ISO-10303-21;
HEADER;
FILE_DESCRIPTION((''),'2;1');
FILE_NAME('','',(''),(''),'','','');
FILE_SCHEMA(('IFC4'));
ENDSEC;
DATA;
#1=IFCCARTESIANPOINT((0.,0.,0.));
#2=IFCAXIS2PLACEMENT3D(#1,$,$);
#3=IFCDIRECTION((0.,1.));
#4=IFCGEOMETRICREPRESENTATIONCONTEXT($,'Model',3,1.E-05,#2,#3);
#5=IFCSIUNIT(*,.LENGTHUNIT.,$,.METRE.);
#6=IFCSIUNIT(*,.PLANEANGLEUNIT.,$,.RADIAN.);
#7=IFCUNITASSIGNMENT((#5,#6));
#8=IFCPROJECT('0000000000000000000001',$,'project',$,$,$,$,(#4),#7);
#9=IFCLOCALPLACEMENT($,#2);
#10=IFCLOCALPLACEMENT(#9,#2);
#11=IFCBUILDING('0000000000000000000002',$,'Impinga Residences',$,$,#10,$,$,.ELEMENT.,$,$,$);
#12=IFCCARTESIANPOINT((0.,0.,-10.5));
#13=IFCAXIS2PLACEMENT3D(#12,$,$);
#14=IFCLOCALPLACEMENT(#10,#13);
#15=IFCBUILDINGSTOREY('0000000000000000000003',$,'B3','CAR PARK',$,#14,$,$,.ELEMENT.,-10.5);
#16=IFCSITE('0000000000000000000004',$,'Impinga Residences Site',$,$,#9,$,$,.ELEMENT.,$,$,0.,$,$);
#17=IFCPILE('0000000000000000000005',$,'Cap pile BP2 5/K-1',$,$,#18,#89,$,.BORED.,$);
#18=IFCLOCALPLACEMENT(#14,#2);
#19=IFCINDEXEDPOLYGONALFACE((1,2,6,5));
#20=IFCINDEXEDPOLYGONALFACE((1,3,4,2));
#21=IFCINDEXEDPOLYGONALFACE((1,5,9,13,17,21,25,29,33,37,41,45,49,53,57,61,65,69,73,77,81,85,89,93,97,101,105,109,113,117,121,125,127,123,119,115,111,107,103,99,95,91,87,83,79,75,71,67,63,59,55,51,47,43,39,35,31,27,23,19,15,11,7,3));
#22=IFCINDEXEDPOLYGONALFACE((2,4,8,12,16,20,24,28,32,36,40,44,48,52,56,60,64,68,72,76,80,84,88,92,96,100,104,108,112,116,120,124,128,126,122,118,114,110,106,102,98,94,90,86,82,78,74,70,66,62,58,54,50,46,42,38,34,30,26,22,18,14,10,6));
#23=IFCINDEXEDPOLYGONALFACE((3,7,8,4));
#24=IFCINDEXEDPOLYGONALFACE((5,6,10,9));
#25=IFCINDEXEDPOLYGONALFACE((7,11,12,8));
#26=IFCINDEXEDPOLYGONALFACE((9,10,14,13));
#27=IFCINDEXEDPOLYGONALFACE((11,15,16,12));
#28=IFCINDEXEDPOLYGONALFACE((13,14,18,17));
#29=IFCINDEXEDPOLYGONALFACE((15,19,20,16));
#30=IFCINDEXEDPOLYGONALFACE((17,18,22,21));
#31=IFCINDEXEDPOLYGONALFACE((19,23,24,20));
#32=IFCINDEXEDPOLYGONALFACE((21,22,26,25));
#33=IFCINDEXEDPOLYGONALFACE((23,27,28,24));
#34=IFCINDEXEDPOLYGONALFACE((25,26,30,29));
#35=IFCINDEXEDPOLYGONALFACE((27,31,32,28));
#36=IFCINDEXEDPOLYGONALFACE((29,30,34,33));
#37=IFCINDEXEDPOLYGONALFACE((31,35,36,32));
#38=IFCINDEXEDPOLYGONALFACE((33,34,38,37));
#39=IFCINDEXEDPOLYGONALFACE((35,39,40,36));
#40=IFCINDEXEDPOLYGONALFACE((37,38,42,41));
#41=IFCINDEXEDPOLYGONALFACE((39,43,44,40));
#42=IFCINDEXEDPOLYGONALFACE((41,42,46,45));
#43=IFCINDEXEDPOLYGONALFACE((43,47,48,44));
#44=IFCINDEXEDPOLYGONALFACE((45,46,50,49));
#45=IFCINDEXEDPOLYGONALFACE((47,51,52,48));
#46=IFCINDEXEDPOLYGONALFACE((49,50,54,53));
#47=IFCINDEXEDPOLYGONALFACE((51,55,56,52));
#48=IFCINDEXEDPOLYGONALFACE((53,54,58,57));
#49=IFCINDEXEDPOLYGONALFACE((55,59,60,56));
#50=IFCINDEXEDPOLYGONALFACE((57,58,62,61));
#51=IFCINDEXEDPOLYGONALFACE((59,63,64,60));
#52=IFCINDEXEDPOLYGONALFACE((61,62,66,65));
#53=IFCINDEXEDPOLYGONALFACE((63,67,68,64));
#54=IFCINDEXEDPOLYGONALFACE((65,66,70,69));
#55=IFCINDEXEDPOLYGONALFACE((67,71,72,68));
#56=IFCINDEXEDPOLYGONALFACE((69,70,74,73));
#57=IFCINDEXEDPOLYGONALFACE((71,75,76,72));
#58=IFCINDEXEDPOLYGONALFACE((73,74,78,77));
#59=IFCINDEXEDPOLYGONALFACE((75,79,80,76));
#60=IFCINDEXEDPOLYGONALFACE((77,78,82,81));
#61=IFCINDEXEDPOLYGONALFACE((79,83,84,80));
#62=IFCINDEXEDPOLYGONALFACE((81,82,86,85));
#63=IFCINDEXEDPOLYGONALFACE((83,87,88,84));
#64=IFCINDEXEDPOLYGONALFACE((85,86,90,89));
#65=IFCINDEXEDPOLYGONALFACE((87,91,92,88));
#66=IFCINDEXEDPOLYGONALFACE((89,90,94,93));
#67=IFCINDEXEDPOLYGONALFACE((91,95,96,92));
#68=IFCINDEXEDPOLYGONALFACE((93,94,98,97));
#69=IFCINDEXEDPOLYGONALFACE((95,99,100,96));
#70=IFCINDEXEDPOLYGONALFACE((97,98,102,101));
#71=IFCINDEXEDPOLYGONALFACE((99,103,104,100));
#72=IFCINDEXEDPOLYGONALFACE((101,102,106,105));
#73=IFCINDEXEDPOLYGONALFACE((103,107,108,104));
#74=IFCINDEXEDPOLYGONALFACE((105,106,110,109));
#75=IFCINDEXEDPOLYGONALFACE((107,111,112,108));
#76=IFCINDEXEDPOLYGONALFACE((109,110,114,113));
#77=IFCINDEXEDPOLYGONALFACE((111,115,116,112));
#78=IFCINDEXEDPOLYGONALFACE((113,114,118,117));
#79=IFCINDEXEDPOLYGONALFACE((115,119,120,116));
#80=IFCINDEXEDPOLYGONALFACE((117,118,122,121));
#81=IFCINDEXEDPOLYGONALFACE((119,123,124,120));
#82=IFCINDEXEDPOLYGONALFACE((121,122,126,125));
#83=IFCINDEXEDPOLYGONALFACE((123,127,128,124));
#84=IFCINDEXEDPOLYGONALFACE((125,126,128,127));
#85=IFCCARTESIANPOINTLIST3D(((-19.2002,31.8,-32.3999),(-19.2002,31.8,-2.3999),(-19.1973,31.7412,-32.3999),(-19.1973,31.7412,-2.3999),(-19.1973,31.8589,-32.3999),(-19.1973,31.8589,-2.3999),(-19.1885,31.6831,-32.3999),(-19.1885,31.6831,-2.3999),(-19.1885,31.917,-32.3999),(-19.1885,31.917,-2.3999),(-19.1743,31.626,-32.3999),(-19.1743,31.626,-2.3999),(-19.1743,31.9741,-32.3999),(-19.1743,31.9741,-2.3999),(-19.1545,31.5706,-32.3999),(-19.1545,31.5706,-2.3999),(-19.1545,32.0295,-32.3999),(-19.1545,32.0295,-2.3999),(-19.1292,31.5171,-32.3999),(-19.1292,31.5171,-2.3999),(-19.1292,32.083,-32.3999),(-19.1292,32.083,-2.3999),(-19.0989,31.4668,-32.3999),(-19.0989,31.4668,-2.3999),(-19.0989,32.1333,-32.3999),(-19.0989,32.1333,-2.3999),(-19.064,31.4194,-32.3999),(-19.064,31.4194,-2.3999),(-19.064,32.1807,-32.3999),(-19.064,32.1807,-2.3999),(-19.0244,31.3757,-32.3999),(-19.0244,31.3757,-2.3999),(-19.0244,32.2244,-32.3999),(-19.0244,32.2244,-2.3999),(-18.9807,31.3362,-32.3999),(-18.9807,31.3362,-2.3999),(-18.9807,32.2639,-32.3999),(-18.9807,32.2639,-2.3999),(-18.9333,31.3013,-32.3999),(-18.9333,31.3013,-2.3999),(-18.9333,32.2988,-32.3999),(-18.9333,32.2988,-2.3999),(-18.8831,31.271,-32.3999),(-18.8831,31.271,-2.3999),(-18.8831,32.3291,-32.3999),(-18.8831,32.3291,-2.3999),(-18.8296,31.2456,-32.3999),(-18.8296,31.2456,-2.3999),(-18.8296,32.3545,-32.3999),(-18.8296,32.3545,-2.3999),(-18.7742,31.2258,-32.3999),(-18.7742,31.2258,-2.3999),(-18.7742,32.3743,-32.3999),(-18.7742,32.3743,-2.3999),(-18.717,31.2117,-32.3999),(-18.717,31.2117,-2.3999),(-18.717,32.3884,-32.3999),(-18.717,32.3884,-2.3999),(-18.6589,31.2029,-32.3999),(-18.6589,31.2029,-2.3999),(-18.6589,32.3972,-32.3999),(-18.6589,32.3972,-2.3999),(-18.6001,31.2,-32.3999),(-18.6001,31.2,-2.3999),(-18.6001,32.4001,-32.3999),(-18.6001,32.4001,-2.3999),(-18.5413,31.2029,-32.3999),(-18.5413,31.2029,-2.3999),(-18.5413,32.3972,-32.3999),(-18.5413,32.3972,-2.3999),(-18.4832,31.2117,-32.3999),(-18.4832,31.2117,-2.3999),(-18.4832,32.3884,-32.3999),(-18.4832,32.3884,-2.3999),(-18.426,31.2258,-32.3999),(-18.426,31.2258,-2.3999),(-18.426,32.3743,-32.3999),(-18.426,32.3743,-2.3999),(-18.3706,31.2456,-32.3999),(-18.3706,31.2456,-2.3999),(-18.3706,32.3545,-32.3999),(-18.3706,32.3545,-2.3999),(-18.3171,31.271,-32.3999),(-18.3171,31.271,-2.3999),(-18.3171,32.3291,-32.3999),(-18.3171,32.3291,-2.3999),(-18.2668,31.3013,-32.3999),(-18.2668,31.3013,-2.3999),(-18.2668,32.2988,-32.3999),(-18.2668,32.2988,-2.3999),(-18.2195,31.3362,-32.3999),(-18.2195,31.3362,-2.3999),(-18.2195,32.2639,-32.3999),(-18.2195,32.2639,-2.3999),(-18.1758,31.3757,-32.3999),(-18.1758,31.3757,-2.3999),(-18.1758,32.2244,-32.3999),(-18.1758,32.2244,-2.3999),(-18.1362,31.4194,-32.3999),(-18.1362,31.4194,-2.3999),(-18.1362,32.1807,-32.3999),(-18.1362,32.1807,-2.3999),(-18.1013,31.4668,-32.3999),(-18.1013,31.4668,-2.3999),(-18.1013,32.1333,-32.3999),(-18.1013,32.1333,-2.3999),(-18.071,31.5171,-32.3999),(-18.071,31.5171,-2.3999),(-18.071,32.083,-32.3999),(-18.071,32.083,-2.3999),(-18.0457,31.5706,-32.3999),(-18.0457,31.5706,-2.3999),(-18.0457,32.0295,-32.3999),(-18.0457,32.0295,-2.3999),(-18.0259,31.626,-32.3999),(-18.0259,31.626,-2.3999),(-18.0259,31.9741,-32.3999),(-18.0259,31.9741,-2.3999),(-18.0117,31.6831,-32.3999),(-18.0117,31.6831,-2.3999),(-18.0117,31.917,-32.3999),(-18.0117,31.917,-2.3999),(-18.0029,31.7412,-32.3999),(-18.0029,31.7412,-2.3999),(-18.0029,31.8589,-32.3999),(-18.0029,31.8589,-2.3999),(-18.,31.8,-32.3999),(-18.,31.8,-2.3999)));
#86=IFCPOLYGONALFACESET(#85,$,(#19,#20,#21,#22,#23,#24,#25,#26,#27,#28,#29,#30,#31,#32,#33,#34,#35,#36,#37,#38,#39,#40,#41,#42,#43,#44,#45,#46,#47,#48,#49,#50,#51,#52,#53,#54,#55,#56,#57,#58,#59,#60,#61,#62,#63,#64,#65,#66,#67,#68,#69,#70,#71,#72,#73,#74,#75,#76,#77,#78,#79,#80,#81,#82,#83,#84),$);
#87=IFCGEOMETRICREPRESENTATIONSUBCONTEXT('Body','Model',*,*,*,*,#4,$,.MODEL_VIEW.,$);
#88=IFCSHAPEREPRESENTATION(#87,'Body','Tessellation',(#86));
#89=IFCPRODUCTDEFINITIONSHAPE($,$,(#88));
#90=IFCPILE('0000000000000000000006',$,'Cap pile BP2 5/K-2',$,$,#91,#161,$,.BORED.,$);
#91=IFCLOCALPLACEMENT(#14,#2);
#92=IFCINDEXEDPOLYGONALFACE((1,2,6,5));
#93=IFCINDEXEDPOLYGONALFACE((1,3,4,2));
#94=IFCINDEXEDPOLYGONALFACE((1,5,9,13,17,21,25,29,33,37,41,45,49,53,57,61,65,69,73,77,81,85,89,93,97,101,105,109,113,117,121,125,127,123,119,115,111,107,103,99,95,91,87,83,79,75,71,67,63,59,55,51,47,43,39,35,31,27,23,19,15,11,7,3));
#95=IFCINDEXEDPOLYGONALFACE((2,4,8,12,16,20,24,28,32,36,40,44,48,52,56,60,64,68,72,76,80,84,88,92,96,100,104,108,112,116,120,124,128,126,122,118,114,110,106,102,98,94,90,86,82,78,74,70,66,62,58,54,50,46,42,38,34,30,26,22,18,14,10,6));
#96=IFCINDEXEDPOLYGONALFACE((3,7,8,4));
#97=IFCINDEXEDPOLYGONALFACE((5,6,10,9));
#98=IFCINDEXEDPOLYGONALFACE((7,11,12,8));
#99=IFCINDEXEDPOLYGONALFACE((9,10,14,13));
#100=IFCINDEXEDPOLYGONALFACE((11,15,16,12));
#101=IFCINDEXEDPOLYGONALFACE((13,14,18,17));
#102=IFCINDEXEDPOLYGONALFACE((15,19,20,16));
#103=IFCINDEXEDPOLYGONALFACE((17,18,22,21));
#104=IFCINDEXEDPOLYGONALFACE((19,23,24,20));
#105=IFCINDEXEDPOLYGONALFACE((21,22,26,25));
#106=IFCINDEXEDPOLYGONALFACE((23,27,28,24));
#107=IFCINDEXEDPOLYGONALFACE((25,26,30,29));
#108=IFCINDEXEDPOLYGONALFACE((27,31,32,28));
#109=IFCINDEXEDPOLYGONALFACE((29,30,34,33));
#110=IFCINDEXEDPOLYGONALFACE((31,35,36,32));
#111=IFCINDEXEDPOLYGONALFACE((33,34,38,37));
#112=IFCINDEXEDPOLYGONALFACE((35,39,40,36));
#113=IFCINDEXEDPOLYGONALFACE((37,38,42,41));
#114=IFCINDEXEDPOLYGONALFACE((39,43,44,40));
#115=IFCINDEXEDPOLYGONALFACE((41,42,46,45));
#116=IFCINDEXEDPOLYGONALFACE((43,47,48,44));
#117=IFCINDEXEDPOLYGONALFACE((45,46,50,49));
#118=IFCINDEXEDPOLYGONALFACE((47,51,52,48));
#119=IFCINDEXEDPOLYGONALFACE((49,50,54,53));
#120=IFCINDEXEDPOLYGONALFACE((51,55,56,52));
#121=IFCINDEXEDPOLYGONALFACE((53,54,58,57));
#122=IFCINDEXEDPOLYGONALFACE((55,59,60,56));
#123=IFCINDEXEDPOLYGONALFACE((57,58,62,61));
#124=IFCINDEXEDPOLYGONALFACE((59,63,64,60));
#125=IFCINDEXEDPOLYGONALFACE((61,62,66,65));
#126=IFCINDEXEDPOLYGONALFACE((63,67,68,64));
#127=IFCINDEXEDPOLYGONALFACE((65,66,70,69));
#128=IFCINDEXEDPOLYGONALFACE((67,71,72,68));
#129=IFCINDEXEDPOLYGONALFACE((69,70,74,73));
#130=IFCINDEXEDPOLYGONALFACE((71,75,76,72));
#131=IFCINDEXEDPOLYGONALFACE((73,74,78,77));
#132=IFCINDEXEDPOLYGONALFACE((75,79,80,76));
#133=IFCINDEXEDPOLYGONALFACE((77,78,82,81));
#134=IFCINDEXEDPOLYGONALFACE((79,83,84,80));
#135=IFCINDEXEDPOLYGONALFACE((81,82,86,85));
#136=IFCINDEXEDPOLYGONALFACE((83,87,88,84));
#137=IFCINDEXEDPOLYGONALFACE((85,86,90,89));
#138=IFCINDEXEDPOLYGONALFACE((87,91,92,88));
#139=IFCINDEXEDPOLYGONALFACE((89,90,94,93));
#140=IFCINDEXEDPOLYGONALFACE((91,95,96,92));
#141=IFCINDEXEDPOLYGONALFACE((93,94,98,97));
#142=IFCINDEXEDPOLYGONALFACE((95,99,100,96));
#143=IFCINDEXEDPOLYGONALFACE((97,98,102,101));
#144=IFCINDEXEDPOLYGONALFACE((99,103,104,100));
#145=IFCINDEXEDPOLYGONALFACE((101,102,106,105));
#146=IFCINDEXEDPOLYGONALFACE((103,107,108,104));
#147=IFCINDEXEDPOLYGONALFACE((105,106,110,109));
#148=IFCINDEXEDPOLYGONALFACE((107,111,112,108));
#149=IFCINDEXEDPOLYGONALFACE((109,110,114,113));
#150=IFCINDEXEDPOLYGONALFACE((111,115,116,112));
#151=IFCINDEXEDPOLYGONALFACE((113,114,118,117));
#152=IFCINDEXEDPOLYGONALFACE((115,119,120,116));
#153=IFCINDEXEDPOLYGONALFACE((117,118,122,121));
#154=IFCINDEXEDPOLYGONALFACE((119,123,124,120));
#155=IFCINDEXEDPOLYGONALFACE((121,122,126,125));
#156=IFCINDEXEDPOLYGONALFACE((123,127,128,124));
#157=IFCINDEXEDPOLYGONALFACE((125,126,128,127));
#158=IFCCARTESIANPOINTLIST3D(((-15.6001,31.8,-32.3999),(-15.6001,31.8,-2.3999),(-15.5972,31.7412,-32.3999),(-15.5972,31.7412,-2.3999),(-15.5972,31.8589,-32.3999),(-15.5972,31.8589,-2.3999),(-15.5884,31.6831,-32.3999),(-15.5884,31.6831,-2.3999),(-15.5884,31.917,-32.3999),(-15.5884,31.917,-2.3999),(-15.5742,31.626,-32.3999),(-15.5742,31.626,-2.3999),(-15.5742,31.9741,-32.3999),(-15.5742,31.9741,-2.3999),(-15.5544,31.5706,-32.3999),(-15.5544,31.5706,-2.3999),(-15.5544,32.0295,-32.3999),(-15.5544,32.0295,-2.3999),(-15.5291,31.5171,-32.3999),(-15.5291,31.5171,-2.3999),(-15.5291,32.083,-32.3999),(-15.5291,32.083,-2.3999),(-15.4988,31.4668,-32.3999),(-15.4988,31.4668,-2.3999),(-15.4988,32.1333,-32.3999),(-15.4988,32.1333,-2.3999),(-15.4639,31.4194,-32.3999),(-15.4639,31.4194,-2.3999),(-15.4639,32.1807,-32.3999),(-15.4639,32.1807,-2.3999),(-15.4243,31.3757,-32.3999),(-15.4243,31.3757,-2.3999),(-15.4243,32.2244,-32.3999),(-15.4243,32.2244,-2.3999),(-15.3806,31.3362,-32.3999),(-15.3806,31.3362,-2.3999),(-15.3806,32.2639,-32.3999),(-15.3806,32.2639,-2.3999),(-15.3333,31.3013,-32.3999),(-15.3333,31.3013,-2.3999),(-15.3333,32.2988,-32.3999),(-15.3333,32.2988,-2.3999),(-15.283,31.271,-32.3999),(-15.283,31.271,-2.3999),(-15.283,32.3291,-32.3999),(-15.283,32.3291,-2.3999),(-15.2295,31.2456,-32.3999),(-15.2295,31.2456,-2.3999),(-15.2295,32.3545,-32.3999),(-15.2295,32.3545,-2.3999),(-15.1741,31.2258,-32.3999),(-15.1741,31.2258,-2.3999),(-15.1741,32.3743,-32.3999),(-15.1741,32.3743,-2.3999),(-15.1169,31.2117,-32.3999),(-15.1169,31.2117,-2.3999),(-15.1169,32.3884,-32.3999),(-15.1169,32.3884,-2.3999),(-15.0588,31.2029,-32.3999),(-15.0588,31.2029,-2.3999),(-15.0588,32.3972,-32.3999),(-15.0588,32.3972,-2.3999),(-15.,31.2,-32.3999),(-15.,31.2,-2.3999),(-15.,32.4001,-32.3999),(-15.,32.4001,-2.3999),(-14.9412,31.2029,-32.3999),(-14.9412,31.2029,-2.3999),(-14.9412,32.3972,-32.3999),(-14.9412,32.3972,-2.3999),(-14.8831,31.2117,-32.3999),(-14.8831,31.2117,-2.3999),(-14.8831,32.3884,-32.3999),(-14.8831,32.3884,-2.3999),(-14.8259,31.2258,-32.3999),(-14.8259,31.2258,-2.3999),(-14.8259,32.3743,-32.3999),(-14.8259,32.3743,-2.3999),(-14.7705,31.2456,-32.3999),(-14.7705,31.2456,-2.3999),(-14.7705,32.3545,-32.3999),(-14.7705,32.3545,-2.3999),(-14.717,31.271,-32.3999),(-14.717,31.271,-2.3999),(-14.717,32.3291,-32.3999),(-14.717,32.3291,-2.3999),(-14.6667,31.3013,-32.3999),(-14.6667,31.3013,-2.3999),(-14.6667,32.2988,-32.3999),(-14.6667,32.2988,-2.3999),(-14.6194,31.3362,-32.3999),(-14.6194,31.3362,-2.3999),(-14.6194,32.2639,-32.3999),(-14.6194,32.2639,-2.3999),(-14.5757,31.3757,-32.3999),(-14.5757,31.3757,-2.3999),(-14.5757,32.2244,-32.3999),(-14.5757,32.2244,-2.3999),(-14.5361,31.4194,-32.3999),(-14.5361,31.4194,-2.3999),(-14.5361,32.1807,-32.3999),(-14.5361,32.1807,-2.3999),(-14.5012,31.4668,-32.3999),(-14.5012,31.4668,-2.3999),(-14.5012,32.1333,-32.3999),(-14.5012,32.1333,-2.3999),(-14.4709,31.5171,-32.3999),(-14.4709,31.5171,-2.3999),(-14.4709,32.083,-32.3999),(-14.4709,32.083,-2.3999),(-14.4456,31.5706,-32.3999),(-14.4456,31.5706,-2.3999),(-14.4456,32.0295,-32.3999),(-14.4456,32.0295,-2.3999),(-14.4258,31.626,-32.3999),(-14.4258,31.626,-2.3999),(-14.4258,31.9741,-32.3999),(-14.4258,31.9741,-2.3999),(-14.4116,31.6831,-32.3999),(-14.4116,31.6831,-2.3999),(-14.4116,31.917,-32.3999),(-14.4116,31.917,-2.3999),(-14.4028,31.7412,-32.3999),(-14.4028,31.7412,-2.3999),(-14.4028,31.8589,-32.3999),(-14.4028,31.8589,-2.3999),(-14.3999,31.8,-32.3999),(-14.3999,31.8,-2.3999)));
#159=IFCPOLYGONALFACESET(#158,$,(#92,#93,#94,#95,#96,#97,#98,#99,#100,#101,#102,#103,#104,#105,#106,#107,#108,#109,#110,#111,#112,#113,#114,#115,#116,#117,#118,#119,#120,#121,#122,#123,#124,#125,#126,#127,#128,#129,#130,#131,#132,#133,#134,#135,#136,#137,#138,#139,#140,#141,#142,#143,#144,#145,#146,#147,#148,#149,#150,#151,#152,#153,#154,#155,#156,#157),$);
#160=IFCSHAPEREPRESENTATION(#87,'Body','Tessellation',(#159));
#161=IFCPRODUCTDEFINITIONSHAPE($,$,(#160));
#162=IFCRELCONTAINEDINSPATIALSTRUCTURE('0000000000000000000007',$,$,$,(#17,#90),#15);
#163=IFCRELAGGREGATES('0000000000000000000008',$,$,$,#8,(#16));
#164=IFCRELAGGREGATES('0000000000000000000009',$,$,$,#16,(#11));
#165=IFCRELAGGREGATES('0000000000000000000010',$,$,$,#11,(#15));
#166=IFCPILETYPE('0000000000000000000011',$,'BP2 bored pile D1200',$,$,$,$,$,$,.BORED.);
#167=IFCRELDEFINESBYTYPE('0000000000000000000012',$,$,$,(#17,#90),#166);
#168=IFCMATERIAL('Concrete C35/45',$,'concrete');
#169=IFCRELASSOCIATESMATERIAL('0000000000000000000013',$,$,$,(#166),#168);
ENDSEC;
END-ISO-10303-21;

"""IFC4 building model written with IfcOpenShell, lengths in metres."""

from ifc_helpers import new_model, si_unit, direction, frame, origin, origin_2d, place, context, subcontext, project, spatial, polyline, circle, outline, extrude, material, material_profile, profile_set, type_object, element, save


model = new_model("IFC4")

# Units and contexts
model_context = context("Model", 3, precision=1e-05, world=origin(), true_north=direction((0.0, 1.0)))
body_context = subcontext(model_context, "Body", "Model", "MODEL_VIEW")
ifc_project = project(units=[si_unit("LENGTHUNIT", "METRE"), si_unit("PLANEANGLEUNIT", "RADIAN")], contexts=[model_context])

# Site, building, storey
site_placement = place(None, origin())
site = spatial("IfcSite", under=ifc_project, at=site_placement, Name="Impinga Residences Site", CompositionType="ELEMENT", RefElevation=0.0)
building_placement = place(site_placement, origin())
building = spatial("IfcBuilding", under=site, at=building_placement, Name="Impinga Residences", CompositionType="ELEMENT")
storey_placement = place(building_placement, frame((0.0, 0.0, -10.5)))
storey = spatial("IfcBuildingStorey", under=building, at=storey_placement, Name="B3", Description="CAR PARK", CompositionType="ELEMENT", Elevation=-10.5)

# Piles
ifc_material_1 = material(Name="Concrete C35/45", Category="concrete")
ifc_material_profile_1 = material_profile(ifc_material_1, circle(Radius=0.6001, at=origin_2d()), Name="D1200")
ifc_profile_set_1 = profile_set([ifc_material_profile_1], Name="Concrete C35/45")
pile_type_1 = type_object("IfcPileType", Name="BP2 bored pile D1200", PredefinedType="BORED", material=ifc_profile_set_1)
pile_1_placement = place(storey_placement, frame((-18.6001, 31.8, -2.3999), z_axis=(0.0, 0.0, -1.0), x_axis=(1.0, 0.0, 0.0)))
element("IfcPile", 1, at=pile_1_placement, inside=storey, type_object=pile_type_1, Name="Cap pile BP2 5/K-1", PredefinedType="BORED", context=body_context, shape_type="SweptSolid", body=[
    extrude(outline(polyline([(0.6001, 0.0), (0.5972, 0.0588), (0.5884, 0.1169), (0.5742, 0.1741), (0.5544, 0.2295), (0.5291, 0.283), (0.4988, 0.3333), (0.4639, 0.3806), (0.4243, 0.4243), (0.3806, 0.4639), (0.3333, 0.4988), (0.283, 0.5291), (0.2295, 0.5544), (0.1741, 0.5742), (0.1169, 0.5884), (0.0588, 0.5972), (0.0, 0.6001), (-0.0588, 0.5972), (-0.1169, 0.5884), (-0.1741, 0.5742), (-0.2295, 0.5544), (-0.283, 0.5291), (-0.3333, 0.4988), (-0.3806, 0.4639), (-0.4243, 0.4243), (-0.4639, 0.3806), (-0.4988, 0.3333), (-0.5291, 0.283), (-0.5544, 0.2295), (-0.5742, 0.1741), (-0.5884, 0.1169), (-0.5972, 0.0588), (-0.6001, 0.0), (-0.5972, -0.0588), (-0.5884, -0.1169), (-0.5742, -0.1741), (-0.5544, -0.2295), (-0.5291, -0.283), (-0.4988, -0.3333), (-0.4639, -0.3806), (-0.4243, -0.4243), (-0.3806, -0.4639), (-0.3333, -0.4988), (-0.283, -0.5291), (-0.2295, -0.5544), (-0.1741, -0.5742), (-0.1169, -0.5884), (-0.0588, -0.5972), (0.0, -0.6001), (0.0588, -0.5972), (0.1169, -0.5884), (0.1741, -0.5742), (0.2295, -0.5544), (0.283, -0.5291), (0.3333, -0.4988), (0.3806, -0.4639), (0.4243, -0.4243), (0.4639, -0.3806), (0.4988, -0.3333), (0.5291, -0.283), (0.5544, -0.2295), (0.5742, -0.1741), (0.5884, -0.1169), (0.5972, -0.0588), (0.6001, 0.0)])), origin(), (0.0, 0.0, 1.0), 30.0),
])
pile_2_placement = place(storey_placement, frame((-15.0, 31.8, -2.3999), z_axis=(0.0, 0.0, -1.0), x_axis=(1.0, 0.0, 0.0)))
element("IfcPile", 2, at=pile_2_placement, inside=storey, type_object=pile_type_1, Name="Cap pile BP2 5/K-2", PredefinedType="BORED", context=body_context, shape_type="SweptSolid", body=[
    extrude(outline(polyline([(0.6001, 0.0), (0.5972, 0.0588), (0.5884, 0.1169), (0.5742, 0.1741), (0.5544, 0.2295), (0.5291, 0.283), (0.4988, 0.3333), (0.4639, 0.3806), (0.4243, 0.4243), (0.3806, 0.4639), (0.3333, 0.4988), (0.283, 0.5291), (0.2295, 0.5544), (0.1741, 0.5742), (0.1169, 0.5884), (0.0588, 0.5972), (0.0, 0.6001), (-0.0588, 0.5972), (-0.1169, 0.5884), (-0.1741, 0.5742), (-0.2295, 0.5544), (-0.283, 0.5291), (-0.3333, 0.4988), (-0.3806, 0.4639), (-0.4243, 0.4243), (-0.4639, 0.3806), (-0.4988, 0.3333), (-0.5291, 0.283), (-0.5544, 0.2295), (-0.5742, 0.1741), (-0.5884, 0.1169), (-0.5972, 0.0588), (-0.6001, 0.0), (-0.5972, -0.0588), (-0.5884, -0.1169), (-0.5742, -0.1741), (-0.5544, -0.2295), (-0.5291, -0.283), (-0.4988, -0.3333), (-0.4639, -0.3806), (-0.4243, -0.4243), (-0.3806, -0.4639), (-0.3333, -0.4988), (-0.283, -0.5291), (-0.2295, -0.5544), (-0.1741, -0.5742), (-0.1169, -0.5884), (-0.0588, -0.5972), (0.0, -0.6001), (0.0588, -0.5972), (0.1169, -0.5884), (0.1741, -0.5742), (0.2295, -0.5544), (0.283, -0.5291), (0.3333, -0.4988), (0.3806, -0.4639), (0.4243, -0.4243), (0.4639, -0.3806), (0.4988, -0.3333), (0.5291, -0.283), (0.5544, -0.2295), (0.5742, -0.1741), (0.5884, -0.1169), (0.5972, -0.0588), (0.6001, 0.0)])), origin(), (0.0, 0.0, 1.0), 30.0),
])

save(model, "model.ifc")
